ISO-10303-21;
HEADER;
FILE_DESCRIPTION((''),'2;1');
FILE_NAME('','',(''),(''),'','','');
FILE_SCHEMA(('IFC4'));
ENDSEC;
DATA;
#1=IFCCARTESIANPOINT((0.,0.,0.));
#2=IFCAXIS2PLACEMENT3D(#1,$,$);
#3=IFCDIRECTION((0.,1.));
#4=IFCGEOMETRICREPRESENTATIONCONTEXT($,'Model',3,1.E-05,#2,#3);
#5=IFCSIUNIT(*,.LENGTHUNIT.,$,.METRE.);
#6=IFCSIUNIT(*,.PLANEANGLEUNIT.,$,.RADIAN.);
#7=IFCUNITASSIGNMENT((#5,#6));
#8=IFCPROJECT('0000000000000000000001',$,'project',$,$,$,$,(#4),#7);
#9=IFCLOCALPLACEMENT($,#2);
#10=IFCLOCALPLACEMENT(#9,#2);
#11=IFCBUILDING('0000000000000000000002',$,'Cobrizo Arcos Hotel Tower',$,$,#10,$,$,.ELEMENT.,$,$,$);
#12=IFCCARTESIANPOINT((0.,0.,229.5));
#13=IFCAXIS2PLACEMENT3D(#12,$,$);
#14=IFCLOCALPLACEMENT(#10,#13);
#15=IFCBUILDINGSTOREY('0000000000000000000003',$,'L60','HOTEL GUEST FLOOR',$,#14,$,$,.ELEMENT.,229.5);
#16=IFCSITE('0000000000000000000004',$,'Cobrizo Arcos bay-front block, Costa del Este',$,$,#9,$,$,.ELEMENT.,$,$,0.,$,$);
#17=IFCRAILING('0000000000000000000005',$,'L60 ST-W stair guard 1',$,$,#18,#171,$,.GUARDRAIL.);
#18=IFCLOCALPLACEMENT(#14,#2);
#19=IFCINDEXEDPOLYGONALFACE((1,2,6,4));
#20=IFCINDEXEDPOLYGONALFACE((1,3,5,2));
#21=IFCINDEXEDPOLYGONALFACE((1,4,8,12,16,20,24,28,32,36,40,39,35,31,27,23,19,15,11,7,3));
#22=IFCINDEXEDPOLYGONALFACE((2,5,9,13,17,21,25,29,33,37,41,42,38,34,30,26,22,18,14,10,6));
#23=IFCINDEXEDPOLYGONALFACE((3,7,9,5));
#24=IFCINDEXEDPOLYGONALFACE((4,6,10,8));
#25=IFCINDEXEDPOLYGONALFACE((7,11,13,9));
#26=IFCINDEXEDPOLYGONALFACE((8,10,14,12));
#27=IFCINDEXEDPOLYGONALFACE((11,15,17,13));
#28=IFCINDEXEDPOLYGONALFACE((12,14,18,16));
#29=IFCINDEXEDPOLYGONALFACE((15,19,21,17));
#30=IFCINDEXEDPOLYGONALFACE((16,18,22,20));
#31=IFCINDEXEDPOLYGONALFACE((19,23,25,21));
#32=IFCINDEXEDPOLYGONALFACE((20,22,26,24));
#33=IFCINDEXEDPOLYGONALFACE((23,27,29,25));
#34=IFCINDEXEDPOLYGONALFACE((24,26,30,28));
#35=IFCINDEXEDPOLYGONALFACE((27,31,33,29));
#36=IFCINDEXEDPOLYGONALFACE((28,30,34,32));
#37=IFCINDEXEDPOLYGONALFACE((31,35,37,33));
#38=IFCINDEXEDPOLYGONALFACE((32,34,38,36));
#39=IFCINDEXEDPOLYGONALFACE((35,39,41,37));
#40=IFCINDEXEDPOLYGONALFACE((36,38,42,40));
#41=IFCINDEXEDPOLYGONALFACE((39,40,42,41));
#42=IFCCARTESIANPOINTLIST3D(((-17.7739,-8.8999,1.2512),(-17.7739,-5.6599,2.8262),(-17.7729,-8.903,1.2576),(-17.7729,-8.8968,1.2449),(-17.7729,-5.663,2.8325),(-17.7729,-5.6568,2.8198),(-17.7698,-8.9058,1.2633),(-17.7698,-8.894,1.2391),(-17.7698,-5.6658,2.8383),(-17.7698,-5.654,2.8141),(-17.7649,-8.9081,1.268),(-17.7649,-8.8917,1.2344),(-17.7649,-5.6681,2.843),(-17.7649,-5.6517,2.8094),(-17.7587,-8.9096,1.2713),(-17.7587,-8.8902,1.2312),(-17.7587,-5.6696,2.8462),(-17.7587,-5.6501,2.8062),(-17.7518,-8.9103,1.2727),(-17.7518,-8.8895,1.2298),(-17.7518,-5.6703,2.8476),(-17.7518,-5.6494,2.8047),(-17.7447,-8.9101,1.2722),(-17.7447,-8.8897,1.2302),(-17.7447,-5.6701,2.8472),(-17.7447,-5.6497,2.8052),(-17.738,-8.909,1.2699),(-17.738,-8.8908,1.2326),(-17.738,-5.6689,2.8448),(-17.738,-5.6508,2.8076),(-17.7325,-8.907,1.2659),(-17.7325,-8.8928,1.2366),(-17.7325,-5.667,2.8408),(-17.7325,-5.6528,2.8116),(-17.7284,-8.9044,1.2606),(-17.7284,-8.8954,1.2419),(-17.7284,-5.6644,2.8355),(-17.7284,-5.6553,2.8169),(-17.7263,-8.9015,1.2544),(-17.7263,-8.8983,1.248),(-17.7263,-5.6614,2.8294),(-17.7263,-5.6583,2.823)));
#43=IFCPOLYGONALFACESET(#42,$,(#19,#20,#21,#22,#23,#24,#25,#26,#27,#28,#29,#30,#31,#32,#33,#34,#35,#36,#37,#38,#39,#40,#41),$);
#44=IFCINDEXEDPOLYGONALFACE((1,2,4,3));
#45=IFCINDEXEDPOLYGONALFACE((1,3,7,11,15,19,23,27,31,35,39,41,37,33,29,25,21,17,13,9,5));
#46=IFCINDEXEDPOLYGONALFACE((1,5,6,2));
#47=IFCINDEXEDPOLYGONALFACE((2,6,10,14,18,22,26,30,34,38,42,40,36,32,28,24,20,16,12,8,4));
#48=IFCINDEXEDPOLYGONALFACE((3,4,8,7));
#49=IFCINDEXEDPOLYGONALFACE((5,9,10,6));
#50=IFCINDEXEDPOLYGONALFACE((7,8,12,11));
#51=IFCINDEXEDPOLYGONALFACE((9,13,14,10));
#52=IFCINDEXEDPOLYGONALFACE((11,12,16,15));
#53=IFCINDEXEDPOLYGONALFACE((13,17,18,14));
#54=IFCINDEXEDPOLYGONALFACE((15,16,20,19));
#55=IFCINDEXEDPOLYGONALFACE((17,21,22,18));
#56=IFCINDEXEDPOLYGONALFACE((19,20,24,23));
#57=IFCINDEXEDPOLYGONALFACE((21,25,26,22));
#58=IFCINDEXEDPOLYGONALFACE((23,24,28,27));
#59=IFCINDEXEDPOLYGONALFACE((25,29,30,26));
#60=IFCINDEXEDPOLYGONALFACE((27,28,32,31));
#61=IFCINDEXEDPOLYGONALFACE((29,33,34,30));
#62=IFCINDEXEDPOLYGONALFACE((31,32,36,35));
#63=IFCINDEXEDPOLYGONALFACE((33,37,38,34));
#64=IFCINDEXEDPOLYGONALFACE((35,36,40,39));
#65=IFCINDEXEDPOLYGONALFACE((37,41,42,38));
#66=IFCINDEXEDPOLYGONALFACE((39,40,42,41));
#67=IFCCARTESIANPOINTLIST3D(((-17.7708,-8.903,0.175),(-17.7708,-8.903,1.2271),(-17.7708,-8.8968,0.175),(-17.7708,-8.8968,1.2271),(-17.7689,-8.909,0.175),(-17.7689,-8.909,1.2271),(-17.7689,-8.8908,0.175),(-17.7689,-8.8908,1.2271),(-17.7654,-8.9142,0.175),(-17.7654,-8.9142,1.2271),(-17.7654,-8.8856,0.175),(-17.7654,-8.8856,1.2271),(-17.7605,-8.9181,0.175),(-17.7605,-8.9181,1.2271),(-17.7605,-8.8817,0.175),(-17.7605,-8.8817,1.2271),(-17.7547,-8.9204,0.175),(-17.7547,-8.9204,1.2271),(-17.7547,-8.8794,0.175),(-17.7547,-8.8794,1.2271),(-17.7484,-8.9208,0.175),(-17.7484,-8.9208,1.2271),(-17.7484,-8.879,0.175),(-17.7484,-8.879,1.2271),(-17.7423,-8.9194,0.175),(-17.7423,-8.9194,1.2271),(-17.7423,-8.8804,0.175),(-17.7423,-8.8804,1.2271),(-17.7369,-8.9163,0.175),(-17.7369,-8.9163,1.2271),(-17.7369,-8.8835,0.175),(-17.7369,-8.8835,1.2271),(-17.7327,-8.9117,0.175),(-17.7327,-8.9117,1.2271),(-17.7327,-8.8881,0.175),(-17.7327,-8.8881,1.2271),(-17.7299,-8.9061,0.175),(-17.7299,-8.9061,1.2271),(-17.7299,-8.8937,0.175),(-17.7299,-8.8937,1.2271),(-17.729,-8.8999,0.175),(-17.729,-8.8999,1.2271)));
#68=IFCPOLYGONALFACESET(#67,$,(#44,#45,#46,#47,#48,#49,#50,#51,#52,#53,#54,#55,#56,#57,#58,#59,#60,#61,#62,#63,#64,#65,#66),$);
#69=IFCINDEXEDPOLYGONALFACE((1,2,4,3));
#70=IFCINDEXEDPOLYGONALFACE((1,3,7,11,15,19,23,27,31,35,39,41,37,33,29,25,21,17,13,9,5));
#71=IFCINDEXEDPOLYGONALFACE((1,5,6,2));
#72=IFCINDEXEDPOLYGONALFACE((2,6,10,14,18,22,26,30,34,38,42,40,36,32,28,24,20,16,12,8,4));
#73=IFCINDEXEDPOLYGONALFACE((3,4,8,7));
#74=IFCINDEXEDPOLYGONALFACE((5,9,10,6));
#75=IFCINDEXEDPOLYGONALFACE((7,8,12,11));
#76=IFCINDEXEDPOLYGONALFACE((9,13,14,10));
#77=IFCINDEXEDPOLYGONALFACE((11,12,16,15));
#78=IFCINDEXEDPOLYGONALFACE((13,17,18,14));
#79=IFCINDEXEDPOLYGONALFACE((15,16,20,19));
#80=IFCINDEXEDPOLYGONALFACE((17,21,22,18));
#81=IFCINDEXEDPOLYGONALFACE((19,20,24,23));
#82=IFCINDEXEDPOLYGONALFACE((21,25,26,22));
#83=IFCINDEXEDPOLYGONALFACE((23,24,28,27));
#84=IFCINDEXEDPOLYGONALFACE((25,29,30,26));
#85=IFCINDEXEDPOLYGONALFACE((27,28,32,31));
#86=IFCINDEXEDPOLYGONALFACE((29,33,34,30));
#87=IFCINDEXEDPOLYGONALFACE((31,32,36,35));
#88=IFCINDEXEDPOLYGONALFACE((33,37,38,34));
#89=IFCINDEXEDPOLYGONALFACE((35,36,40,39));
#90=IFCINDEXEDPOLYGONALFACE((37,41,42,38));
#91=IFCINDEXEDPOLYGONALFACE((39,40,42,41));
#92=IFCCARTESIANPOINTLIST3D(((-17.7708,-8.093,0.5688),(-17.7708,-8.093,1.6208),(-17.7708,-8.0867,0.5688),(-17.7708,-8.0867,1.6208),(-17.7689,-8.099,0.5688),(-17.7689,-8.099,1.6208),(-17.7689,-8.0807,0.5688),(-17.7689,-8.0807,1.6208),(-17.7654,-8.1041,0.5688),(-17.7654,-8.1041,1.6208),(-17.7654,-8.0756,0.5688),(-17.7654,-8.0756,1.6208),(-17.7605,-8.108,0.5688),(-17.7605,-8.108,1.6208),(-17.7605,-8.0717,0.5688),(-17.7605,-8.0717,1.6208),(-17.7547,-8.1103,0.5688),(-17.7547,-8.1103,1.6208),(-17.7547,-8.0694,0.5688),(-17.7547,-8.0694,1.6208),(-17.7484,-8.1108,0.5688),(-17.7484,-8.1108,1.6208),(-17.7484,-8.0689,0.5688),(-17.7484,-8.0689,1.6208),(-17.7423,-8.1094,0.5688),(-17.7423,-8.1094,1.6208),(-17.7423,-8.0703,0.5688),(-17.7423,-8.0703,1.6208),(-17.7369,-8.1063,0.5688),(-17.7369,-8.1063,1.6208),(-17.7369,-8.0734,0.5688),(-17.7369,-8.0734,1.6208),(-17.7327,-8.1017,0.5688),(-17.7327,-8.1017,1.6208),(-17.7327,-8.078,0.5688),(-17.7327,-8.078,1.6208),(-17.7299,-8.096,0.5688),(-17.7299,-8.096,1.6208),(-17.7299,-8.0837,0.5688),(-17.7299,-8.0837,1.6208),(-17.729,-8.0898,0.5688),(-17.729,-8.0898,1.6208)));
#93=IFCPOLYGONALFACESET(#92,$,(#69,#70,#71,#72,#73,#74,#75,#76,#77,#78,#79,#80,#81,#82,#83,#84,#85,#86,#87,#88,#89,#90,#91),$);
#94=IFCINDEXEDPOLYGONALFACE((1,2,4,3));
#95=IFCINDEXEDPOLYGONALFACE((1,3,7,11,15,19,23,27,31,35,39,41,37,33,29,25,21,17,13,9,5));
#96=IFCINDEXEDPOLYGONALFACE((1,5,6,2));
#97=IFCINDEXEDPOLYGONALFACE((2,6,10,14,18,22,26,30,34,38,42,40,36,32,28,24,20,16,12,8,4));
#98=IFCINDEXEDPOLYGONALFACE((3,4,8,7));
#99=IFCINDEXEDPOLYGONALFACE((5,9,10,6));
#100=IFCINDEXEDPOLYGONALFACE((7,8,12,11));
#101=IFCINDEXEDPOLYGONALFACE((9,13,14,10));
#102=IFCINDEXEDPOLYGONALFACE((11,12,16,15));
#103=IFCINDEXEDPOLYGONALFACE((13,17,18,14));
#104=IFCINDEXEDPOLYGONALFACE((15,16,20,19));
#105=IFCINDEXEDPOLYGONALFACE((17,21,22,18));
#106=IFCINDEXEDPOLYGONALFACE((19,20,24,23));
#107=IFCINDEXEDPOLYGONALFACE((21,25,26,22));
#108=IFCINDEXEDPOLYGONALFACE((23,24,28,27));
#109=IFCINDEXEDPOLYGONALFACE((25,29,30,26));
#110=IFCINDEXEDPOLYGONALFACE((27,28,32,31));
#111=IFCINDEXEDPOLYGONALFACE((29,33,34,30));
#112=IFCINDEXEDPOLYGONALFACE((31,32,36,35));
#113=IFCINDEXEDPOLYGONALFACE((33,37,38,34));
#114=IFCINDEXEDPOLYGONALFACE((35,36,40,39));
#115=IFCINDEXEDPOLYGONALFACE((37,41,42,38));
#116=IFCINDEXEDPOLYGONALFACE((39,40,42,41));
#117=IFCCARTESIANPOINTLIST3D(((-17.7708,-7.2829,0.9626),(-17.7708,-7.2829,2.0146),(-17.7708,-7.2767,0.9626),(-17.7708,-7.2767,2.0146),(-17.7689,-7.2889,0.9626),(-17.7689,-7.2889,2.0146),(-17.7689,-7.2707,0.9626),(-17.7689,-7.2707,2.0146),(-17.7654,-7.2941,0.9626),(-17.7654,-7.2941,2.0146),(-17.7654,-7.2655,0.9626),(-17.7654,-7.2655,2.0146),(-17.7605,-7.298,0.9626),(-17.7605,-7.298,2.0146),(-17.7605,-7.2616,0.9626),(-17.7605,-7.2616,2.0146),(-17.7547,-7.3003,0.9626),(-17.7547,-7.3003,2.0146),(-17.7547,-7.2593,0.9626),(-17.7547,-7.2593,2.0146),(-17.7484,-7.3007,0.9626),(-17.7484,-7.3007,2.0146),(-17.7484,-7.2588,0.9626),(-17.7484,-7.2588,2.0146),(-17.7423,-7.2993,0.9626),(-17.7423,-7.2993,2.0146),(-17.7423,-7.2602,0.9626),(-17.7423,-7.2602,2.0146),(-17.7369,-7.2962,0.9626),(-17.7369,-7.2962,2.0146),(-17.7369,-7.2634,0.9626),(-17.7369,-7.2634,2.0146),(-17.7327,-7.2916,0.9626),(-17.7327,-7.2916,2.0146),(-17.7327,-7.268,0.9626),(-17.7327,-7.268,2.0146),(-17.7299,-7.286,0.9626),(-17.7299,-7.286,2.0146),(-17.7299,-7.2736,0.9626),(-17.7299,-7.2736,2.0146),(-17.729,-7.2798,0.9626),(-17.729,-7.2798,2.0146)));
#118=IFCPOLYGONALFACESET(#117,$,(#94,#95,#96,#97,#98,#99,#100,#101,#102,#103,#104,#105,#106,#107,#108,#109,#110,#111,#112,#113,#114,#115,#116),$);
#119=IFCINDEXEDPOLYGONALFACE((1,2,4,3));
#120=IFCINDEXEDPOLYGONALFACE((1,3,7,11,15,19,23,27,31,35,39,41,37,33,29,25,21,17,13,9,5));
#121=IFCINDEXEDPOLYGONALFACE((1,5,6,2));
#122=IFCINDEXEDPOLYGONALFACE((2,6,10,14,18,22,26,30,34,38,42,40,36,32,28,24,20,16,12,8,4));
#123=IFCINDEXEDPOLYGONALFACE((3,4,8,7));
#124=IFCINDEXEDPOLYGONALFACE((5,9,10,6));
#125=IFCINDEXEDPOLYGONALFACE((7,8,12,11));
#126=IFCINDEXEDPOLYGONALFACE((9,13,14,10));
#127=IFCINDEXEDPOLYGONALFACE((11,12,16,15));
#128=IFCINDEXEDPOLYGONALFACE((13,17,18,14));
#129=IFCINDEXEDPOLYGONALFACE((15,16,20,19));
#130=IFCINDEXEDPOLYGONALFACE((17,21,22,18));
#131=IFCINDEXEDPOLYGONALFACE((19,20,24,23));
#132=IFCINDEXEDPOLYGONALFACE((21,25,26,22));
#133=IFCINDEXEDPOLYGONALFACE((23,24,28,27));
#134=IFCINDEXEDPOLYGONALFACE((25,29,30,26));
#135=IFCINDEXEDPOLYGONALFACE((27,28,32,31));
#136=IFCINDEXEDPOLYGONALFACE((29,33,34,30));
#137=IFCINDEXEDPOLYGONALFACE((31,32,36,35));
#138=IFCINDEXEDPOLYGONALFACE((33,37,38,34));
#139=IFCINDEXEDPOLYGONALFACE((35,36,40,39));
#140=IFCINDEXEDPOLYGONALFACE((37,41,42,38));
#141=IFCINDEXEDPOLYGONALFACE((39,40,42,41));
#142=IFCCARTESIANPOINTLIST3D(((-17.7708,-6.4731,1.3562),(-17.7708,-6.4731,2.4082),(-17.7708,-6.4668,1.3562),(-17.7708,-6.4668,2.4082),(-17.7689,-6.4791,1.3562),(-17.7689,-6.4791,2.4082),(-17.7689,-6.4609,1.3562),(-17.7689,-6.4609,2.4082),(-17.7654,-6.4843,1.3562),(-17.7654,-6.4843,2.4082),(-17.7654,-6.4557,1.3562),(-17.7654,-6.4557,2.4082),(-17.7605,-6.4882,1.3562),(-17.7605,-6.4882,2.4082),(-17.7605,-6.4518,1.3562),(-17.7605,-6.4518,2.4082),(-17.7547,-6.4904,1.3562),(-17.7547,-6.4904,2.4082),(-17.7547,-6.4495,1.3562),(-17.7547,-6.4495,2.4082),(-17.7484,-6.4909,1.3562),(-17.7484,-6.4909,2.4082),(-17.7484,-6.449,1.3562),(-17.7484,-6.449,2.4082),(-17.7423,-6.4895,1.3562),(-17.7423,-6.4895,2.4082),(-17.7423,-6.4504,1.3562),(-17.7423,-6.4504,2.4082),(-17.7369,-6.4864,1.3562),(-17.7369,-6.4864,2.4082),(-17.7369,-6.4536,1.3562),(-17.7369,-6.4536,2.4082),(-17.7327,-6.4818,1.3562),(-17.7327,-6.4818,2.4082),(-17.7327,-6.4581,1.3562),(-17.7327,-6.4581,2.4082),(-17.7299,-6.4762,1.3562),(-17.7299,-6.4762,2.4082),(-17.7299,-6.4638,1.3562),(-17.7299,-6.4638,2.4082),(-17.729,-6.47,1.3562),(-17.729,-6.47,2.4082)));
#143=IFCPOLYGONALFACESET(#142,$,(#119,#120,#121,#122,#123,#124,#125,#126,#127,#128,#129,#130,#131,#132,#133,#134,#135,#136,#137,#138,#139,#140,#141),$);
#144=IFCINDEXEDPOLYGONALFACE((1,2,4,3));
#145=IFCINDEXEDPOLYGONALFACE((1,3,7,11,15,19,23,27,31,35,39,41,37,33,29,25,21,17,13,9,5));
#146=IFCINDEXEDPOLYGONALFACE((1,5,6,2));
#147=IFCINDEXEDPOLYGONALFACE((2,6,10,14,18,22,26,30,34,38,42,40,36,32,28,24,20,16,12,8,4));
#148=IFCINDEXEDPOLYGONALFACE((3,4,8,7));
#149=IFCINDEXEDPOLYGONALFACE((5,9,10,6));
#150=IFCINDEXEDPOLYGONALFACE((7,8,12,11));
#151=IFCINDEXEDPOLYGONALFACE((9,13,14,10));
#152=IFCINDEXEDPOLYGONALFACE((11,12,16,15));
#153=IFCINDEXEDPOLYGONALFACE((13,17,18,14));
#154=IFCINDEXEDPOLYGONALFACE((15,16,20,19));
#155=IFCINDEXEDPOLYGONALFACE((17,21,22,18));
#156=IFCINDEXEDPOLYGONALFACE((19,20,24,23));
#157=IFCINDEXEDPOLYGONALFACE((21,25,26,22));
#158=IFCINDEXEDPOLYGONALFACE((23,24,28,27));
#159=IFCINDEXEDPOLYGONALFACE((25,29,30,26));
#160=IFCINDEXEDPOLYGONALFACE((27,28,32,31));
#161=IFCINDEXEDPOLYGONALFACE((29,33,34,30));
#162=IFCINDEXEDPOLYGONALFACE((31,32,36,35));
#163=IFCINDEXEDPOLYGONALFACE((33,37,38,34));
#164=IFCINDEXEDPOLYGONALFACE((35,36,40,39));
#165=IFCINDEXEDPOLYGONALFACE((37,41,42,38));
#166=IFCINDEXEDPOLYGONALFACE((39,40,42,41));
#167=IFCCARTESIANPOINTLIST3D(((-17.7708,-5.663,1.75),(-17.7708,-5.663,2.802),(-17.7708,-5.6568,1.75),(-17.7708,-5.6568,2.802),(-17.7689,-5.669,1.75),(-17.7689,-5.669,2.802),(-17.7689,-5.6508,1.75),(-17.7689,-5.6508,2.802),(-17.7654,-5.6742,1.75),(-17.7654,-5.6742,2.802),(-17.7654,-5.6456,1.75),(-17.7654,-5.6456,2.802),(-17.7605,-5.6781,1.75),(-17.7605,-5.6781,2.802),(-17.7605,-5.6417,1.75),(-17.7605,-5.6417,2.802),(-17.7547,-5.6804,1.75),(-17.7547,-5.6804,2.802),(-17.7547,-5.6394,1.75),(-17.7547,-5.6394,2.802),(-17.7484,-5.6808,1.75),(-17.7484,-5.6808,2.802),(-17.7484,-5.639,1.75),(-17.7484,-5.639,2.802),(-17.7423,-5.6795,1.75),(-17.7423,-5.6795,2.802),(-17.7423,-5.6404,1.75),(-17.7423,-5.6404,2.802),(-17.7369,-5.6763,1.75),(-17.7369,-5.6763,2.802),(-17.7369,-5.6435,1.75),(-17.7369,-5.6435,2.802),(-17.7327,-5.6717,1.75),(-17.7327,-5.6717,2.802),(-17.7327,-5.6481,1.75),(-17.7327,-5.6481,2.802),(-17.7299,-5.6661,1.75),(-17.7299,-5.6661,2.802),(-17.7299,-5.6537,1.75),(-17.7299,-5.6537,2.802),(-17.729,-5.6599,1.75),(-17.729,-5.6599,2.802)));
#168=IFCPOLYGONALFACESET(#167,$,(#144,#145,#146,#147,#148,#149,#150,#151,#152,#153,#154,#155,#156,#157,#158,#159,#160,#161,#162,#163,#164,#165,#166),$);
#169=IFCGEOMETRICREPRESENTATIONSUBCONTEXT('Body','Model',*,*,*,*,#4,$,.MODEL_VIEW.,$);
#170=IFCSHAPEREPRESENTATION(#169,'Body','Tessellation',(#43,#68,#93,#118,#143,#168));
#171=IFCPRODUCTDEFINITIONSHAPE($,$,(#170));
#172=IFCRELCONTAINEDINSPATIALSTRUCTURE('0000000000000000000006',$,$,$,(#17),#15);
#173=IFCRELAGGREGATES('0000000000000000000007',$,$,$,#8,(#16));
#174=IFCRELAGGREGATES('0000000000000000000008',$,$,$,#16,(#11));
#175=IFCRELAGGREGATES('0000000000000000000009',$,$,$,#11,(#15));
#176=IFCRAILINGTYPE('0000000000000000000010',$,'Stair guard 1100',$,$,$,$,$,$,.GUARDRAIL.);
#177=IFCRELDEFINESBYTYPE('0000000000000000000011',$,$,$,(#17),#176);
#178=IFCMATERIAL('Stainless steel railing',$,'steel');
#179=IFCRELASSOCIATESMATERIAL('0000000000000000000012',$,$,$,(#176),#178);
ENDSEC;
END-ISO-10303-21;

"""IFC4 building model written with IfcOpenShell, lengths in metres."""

from ifc_helpers import new_model, si_unit, direction, frame, origin, origin_2d, place, context, subcontext, project, spatial, circle, extrude, material, type_object, element, save


model = new_model("IFC4")

# Units and contexts
model_context = context("Model", 3, precision=1e-05, world=origin(), true_north=direction((0.0, 1.0)))
body_context = subcontext(model_context, "Body", "Model", "MODEL_VIEW")
ifc_project = project(units=[si_unit("LENGTHUNIT", "METRE"), si_unit("PLANEANGLEUNIT", "RADIAN")], contexts=[model_context])

# Site, building, storey
site_placement = place(None, origin())
site = spatial("IfcSite", under=ifc_project, at=site_placement, Name="Cobrizo Arcos bay-front block, Costa del Este", CompositionType="ELEMENT", RefElevation=0.0)
building_placement = place(site_placement, origin())
building = spatial("IfcBuilding", under=site, at=building_placement, Name="Cobrizo Arcos Hotel Tower", CompositionType="ELEMENT")
storey_placement = place(building_placement, frame((0.0, 0.0, 229.5)))
storey = spatial("IfcBuildingStorey", under=building, at=storey_placement, Name="L60", Description="HOTEL GUEST FLOOR", CompositionType="ELEMENT", Elevation=229.5)

# Railing
ifc_material_1 = material(Name="Stainless steel railing", Category="steel")
railing_type_1 = type_object("IfcRailingType", Name="Stair guard 1100", PredefinedType="GUARDRAIL", material=ifc_material_1)
railing_1_placement = place(storey_placement, frame((-17.75, -8.8999, 0.175)))
element("IfcRailing", 1, at=railing_1_placement, inside=storey, type_object=railing_type_1, Name="L60 ST-W stair guard 1", PredefinedType="GUARDRAIL", context=body_context, shape_type="SweptSolid", body=[
    extrude(circle(Radius=0.0239, at=origin_2d()), frame((0.0, 0.0, 1.0762), z_axis=(0.0, 0.899373, 0.437183), x_axis=(-1.0, 0.0, 0.0)), (0.0, 0.0, 1.0), 3.6025),
    extrude(circle(Radius=0.021, at=origin_2d()), origin(), (0.0, 0.0, 1.0), 1.052),
    extrude(circle(Radius=0.021, at=origin_2d()), frame((0.0, 0.8101, 0.3938)), (0.0, 0.0, 1.0), 1.052),
    extrude(circle(Radius=0.021, at=origin_2d()), frame((0.0, 1.6201, 0.7876)), (0.0, 0.0, 1.0), 1.052),
    extrude(circle(Radius=0.021, at=origin_2d()), frame((0.0, 2.4299, 1.1812)), (0.0, 0.0, 1.0), 1.052),
    extrude(circle(Radius=0.021, at=origin_2d()), frame((0.0, 3.24, 1.575)), (0.0, 0.0, 1.0), 1.052),
])

save(model, "model.ifc")
